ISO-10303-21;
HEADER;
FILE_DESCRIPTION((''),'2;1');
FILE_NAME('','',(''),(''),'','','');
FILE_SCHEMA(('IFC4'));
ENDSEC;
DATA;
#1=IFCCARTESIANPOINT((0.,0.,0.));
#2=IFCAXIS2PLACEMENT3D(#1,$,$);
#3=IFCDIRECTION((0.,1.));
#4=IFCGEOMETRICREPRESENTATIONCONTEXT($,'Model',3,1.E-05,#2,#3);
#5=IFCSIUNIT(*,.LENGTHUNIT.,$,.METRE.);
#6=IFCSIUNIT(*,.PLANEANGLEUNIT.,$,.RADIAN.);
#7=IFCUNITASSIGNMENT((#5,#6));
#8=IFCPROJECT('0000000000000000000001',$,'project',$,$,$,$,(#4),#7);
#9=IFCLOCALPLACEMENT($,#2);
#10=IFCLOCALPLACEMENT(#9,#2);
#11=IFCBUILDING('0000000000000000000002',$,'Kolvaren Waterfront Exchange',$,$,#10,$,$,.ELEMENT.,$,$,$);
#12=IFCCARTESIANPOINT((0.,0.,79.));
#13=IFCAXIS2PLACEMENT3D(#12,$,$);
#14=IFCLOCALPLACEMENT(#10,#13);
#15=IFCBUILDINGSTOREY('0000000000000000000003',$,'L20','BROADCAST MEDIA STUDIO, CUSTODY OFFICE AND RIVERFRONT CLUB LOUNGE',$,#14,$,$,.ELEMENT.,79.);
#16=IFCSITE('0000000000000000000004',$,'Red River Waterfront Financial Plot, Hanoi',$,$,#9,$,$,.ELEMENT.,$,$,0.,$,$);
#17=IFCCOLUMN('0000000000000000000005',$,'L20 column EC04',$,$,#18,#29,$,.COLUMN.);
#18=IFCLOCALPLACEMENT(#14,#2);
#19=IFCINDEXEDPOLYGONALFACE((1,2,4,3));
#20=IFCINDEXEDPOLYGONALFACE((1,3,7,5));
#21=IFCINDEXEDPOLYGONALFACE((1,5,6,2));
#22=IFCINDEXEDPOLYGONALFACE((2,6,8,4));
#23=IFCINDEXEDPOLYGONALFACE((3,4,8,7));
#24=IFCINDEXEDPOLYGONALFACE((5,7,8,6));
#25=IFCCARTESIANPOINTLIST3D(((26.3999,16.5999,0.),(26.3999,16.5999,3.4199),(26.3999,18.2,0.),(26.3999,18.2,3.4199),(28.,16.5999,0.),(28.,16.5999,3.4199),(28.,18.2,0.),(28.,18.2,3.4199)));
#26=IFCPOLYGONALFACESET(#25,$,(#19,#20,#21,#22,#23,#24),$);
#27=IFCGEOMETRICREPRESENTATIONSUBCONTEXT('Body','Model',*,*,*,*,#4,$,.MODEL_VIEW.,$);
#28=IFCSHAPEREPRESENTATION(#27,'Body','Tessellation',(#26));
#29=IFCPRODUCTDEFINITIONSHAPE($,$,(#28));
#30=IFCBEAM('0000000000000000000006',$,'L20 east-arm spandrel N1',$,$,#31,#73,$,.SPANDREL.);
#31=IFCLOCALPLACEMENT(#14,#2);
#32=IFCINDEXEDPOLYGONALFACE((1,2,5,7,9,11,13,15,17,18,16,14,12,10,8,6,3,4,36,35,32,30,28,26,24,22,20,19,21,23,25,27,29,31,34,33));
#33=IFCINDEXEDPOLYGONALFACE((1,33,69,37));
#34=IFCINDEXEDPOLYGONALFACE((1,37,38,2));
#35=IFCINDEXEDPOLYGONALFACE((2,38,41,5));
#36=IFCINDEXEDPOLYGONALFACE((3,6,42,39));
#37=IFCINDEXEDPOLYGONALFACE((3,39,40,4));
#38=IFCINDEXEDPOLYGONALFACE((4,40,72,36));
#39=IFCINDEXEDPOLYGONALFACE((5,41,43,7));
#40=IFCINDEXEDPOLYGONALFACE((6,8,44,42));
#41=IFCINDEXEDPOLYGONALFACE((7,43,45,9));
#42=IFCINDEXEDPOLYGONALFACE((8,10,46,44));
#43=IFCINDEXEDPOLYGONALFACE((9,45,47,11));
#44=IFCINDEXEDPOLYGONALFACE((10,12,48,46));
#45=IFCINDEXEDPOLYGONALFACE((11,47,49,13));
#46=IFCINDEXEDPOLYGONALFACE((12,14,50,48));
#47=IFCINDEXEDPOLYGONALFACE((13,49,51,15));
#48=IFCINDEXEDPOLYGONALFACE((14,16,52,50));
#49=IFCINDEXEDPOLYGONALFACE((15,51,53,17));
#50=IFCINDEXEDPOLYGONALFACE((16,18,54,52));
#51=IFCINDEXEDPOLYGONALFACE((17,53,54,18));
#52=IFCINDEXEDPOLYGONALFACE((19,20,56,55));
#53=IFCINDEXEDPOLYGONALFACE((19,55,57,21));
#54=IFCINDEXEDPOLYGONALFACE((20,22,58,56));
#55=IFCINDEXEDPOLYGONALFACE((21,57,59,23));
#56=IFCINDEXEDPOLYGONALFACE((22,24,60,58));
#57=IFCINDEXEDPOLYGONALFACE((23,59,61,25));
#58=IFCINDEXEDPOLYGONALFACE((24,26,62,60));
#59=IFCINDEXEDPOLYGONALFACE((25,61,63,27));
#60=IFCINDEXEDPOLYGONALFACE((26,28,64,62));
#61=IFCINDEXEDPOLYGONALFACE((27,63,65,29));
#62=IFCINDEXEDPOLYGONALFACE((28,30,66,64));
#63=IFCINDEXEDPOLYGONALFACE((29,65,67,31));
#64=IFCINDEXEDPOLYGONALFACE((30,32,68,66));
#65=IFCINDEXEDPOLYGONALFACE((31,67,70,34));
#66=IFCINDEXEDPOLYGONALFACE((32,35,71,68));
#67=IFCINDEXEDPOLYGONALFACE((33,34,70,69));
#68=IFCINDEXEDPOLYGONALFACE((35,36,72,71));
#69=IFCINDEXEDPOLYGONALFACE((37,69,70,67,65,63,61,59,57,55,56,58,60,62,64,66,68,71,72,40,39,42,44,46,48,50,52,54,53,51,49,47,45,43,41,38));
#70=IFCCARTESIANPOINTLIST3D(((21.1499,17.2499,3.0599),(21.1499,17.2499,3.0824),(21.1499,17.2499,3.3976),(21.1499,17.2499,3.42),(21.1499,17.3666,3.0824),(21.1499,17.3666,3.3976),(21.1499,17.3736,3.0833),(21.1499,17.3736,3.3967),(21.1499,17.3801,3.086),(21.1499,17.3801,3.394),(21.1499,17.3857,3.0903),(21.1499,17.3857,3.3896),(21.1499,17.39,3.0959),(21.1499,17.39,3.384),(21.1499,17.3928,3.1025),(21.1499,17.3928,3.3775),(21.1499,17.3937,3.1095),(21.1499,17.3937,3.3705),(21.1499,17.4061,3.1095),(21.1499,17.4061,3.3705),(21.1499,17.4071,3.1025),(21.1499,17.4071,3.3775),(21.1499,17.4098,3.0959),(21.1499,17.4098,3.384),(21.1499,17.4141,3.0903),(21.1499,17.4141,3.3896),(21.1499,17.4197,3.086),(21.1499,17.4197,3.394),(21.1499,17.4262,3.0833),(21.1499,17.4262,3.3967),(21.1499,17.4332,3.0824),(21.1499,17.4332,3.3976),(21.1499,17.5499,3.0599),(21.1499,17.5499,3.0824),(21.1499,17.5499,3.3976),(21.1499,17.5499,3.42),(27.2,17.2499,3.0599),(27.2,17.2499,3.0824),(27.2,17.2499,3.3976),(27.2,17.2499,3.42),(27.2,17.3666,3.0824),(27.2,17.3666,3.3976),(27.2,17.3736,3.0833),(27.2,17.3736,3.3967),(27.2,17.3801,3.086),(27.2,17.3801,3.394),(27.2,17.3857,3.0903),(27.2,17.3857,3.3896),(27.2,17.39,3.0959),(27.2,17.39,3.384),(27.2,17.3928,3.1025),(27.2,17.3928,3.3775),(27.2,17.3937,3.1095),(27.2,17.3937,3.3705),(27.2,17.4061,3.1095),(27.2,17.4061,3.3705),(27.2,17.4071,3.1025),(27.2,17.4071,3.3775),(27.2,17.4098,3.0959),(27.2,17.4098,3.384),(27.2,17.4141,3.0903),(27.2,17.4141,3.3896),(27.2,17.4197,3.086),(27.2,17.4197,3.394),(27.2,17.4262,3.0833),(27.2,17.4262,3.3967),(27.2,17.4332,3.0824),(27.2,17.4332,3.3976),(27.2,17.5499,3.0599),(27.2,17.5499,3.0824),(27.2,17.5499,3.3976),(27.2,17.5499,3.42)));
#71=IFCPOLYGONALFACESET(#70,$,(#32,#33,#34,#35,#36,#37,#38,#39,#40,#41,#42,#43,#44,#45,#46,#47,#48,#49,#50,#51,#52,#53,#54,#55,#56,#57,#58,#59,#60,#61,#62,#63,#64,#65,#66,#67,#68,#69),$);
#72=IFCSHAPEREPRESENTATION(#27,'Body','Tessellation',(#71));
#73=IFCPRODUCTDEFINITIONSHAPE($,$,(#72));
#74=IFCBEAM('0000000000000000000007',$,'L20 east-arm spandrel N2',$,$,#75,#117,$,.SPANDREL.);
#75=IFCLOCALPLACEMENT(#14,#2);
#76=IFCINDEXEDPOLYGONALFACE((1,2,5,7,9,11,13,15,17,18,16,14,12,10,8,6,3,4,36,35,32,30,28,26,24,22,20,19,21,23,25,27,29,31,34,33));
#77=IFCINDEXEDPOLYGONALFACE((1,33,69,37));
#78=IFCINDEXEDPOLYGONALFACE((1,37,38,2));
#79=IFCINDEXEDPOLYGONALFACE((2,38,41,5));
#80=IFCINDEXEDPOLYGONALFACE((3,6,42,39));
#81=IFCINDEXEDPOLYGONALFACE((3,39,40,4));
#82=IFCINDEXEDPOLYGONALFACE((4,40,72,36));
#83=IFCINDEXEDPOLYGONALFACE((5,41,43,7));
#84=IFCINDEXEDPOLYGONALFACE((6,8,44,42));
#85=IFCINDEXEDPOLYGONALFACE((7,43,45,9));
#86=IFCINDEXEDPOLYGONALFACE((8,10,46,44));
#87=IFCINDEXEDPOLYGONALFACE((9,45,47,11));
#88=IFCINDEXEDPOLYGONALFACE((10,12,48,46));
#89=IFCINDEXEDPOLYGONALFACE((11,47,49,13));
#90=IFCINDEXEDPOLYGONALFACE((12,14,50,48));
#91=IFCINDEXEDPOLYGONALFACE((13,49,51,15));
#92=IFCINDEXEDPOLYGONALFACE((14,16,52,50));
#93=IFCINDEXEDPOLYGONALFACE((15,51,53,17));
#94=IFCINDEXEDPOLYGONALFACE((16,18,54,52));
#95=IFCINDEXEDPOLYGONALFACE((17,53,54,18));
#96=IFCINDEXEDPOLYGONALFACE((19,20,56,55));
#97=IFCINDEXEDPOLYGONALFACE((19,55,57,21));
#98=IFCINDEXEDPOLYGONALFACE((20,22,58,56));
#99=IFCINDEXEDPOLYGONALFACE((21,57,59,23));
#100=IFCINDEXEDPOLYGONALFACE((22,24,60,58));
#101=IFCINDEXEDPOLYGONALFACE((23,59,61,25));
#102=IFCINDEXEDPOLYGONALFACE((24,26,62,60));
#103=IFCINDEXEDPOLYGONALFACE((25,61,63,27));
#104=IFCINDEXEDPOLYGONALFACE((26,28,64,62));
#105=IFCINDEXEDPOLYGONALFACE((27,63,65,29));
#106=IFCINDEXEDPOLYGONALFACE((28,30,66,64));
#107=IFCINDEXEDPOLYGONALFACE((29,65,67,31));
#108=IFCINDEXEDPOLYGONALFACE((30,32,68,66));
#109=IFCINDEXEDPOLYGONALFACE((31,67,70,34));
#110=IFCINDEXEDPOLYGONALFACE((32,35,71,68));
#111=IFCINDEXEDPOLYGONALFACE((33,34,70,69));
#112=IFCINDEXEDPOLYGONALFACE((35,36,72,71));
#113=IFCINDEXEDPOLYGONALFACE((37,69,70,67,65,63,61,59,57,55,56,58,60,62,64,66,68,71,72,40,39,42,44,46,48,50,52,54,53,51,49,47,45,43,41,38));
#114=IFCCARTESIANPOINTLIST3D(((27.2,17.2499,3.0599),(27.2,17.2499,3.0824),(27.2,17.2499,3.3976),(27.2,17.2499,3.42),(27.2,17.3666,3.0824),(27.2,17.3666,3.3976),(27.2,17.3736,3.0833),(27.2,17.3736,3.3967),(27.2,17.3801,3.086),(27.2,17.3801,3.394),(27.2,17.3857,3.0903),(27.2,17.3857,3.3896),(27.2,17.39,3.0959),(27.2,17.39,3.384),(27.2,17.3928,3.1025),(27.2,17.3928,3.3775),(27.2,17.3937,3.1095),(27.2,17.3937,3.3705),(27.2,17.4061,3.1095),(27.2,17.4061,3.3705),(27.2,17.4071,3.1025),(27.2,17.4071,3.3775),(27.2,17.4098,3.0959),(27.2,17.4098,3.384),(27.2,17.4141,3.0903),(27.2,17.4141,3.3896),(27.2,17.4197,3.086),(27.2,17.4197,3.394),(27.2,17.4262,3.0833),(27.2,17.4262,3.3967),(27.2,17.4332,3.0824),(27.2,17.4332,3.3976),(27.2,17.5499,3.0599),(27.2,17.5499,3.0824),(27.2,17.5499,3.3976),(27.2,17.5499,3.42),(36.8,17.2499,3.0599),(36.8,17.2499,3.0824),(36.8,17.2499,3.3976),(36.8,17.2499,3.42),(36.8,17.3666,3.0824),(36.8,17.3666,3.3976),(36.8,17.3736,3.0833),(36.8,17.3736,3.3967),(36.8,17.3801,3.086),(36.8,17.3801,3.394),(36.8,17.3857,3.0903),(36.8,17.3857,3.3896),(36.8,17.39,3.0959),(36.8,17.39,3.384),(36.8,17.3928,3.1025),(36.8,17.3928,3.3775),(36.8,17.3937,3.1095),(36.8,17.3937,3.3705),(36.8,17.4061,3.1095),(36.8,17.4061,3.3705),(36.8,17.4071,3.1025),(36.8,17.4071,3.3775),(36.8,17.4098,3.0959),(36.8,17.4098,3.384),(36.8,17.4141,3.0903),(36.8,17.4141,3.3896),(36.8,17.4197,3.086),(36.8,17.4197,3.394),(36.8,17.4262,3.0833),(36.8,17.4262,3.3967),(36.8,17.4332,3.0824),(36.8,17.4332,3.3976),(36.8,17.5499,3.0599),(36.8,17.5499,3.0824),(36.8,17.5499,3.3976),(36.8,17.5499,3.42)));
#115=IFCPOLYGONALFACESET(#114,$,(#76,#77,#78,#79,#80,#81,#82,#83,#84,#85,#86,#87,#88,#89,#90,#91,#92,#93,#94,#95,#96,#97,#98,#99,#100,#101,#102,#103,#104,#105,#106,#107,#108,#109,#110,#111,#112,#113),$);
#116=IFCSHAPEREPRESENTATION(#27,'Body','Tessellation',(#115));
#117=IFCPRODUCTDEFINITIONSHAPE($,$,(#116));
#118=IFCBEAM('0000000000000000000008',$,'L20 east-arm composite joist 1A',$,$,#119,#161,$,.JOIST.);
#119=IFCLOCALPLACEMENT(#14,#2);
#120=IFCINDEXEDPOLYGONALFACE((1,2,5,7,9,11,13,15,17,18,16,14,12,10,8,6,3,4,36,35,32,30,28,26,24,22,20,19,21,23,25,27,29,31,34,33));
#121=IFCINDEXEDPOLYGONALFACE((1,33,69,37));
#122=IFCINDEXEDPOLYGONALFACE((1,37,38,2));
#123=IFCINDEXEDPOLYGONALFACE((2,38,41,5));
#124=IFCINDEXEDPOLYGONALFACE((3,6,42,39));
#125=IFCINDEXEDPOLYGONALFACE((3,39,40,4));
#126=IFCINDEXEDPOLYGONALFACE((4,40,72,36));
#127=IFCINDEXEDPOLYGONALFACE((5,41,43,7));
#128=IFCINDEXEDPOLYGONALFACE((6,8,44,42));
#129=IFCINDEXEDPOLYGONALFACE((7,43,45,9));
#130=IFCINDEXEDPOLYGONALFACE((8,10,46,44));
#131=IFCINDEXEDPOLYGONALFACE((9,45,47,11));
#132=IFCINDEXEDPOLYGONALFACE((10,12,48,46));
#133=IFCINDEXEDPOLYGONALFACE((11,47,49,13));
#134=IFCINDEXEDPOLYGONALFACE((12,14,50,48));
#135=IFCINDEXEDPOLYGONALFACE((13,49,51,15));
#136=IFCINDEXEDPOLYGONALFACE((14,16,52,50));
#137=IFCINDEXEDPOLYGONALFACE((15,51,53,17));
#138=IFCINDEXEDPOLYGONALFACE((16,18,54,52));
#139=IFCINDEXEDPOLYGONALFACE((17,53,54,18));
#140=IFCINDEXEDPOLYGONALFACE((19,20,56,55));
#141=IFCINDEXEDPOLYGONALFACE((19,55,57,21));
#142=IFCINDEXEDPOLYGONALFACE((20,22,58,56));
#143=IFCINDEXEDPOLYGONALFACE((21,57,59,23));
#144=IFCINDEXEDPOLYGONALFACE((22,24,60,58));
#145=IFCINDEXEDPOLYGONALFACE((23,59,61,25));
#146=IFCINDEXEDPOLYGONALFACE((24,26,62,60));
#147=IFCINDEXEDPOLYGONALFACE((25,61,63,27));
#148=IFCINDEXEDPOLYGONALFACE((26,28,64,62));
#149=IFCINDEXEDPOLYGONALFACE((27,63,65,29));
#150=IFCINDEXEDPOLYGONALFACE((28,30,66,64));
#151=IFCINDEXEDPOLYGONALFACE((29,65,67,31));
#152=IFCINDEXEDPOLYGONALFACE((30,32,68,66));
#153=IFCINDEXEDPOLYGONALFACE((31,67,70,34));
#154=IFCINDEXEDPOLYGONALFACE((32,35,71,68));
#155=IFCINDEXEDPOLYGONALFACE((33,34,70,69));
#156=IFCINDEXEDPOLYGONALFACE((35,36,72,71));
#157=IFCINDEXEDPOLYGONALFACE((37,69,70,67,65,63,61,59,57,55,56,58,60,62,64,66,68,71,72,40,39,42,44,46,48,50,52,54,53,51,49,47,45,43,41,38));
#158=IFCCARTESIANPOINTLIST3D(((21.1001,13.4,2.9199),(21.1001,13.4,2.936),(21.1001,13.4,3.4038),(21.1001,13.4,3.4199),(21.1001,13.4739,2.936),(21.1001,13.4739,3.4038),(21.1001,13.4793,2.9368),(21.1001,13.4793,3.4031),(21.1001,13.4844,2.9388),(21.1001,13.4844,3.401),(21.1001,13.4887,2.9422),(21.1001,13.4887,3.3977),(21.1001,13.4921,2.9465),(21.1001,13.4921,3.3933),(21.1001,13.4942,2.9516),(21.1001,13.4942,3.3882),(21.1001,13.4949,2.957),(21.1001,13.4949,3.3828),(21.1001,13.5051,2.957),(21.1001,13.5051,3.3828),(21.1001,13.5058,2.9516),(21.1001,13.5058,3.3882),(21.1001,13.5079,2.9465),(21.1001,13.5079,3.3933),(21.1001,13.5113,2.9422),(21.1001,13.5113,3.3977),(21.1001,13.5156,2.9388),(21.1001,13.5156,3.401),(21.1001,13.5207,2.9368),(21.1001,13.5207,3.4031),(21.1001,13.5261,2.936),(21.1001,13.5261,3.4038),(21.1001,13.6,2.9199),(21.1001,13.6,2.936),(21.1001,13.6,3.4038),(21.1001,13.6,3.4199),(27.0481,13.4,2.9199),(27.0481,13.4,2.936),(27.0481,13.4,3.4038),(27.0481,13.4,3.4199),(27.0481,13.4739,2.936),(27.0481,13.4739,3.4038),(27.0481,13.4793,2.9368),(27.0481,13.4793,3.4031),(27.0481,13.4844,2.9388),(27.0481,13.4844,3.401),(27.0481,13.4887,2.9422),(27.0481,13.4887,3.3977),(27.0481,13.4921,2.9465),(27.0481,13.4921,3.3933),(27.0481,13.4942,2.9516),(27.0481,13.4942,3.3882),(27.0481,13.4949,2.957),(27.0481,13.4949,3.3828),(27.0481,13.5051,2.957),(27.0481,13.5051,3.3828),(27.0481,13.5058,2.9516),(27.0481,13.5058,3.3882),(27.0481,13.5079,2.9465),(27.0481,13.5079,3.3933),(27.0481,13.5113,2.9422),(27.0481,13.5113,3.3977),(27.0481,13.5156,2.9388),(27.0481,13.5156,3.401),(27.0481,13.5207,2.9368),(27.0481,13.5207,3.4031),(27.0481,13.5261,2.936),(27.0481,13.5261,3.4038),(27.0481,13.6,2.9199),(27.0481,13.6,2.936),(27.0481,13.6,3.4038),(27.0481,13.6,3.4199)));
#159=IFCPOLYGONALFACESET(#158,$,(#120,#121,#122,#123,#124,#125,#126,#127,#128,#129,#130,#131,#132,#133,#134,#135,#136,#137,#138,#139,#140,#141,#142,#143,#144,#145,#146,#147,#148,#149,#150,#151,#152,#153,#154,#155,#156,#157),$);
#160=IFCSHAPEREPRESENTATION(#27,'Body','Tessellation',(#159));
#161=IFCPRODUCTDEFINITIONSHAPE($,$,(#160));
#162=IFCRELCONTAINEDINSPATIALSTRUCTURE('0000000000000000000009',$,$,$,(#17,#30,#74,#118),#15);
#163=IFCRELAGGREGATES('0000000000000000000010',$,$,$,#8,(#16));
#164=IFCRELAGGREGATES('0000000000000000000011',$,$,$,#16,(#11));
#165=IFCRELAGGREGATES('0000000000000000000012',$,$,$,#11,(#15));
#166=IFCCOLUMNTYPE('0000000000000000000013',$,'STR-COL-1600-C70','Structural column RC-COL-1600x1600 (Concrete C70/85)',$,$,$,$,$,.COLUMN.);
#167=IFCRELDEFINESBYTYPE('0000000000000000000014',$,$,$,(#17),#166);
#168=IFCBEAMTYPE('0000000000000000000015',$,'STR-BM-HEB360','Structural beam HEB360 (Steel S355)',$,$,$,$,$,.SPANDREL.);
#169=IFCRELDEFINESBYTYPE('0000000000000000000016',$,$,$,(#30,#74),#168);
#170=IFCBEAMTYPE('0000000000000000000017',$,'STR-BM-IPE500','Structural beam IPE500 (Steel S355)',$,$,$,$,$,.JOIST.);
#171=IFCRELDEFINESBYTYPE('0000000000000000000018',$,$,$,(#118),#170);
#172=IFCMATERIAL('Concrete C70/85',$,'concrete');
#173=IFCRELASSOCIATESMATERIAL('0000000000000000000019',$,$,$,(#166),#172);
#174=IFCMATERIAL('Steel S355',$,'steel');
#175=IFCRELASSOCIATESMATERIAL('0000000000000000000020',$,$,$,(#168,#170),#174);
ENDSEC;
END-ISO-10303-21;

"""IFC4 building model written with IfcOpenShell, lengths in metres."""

from ifc_helpers import new_model, si_unit, direction, frame, origin, origin_2d, place, context, subcontext, project, spatial, rectangle, i_section, extrude, material, material_profile, profile_set, type_object, element, save


model = new_model("IFC4")

# Units and contexts
model_context = context("Model", 3, precision=1e-05, world=origin(), true_north=direction((0.0, 1.0)))
body_context = subcontext(model_context, "Body", "Model", "MODEL_VIEW")
ifc_project = project(units=[si_unit("LENGTHUNIT", "METRE"), si_unit("PLANEANGLEUNIT", "RADIAN")], contexts=[model_context])

# Site, building, storey
site_placement = place(None, origin())
site = spatial("IfcSite", under=ifc_project, at=site_placement, Name="Red River Waterfront Financial Plot, Hanoi", CompositionType="ELEMENT", RefElevation=0.0)
building_placement = place(site_placement, origin())
building = spatial("IfcBuilding", under=site, at=building_placement, Name="Kolvaren Waterfront Exchange", CompositionType="ELEMENT")
storey_placement = place(building_placement, frame((0.0, 0.0, 79.0)))
storey = spatial("IfcBuildingStorey", under=building, at=storey_placement, Name="L20", Description="BROADCAST MEDIA STUDIO, CUSTODY OFFICE AND RIVERFRONT CLUB LOUNGE", CompositionType="ELEMENT", Elevation=79.0)

# Column
ifc_material_1 = material(Name="Concrete C70/85", Category="concrete")
ifc_material_profile_1 = material_profile(ifc_material_1, rectangle(XDim=1.6001, YDim=1.6001, at=origin_2d()), Name="RC-COL-1600x1600")
ifc_profile_set_1 = profile_set([ifc_material_profile_1], Name="Concrete C70/85")
column_type = type_object("IfcColumnType", Name="STR-COL-1600-C70", Description="Structural column RC-COL-1600x1600 (Concrete C70/85)", PredefinedType="COLUMN", material=ifc_profile_set_1)
column_placement = place(storey_placement, frame((27.2, 17.3999, 0.0), z_axis=(0.0, 0.0, 1.0), x_axis=(1.0, 0.0, 0.0)))
element("IfcColumn", 1, at=column_placement, inside=storey, type_object=column_type, Name="L20 column EC04", PredefinedType="COLUMN", context=body_context, shape_type="SweptSolid", body=[
    extrude(rectangle(XDim=1.6001, YDim=1.6001, at=origin_2d()), origin(), (0.0, 0.0, 1.0), 3.4199),
])

# Beams
ifc_material_2 = material(Name="Steel S355", Category="steel")
ifc_material_profile_2 = material_profile(ifc_material_2, i_section(OverallWidth=0.3, OverallDepth=0.3601, WebThickness=0.0125, FlangeThickness=0.0225, FilletRadius=0.0271, at=origin_2d()), Name="HEB360")
ifc_profile_set_2 = profile_set([ifc_material_profile_2], Name="Steel S355")
beam_type_1 = type_object("IfcBeamType", Name="STR-BM-HEB360", Description="Structural beam HEB360 (Steel S355)", PredefinedType="SPANDREL", material=ifc_profile_set_2)
beam_1_placement = place(storey_placement, frame((21.1499, 17.3999, 3.24), z_axis=(1.0, 0.0, 0.0), x_axis=(0.0, 1.0, 0.0)))
element("IfcBeam", 2, at=beam_1_placement, inside=storey, type_object=beam_type_1, Name="L20 east-arm spandrel N1", PredefinedType="SPANDREL", context=body_context, shape_type="SweptSolid", body=[
    extrude(i_section(OverallWidth=0.3, OverallDepth=0.3601, WebThickness=0.0125, FlangeThickness=0.0225, FilletRadius=0.0271, at=origin_2d()), origin(), (0.0, 0.0, 1.0), 6.05),
])
beam_2_placement = place(storey_placement, frame((27.2, 17.3999, 3.24), z_axis=(1.0, 0.0, 0.0), x_axis=(0.0, 1.0, 0.0)))
element("IfcBeam", 3, at=beam_2_placement, inside=storey, type_object=beam_type_1, Name="L20 east-arm spandrel N2", PredefinedType="SPANDREL", context=body_context, shape_type="SweptSolid", body=[
    extrude(i_section(OverallWidth=0.3, OverallDepth=0.3601, WebThickness=0.0125, FlangeThickness=0.0225, FilletRadius=0.0271, at=origin_2d()), origin(), (0.0, 0.0, 1.0), 9.6001),
])
ifc_material_profile_3 = material_profile(ifc_material_2, i_section(OverallWidth=0.2, OverallDepth=0.5, WebThickness=0.0103, FlangeThickness=0.0161, FilletRadius=0.021, at=origin_2d()), Name="IPE500")
ifc_profile_set_3 = profile_set([ifc_material_profile_3], Name="Steel S355")
beam_type_2 = type_object("IfcBeamType", Name="STR-BM-IPE500", Description="Structural beam IPE500 (Steel S355)", PredefinedType="JOIST", material=ifc_profile_set_3)
for number, where, z_axis, x_axis, name in (
    (4, (21.1001, 13.5, 3.1699), (1.0, 0.0, 0.0), (0.0, 1.0, 0.0), "L20 east-arm composite joist 1A"),
):
    element("IfcBeam", number, at=place(storey_placement, frame(where, z_axis=z_axis, x_axis=x_axis)), inside=storey, type_object=beam_type_2, Name=name, PredefinedType="JOIST", context=body_context, shape_type="SweptSolid", body=[
        extrude(i_section(OverallWidth=0.2, OverallDepth=0.5, WebThickness=0.0103, FlangeThickness=0.0161, FilletRadius=0.021, at=origin_2d()), origin(), (0.0, 0.0, 1.0), 5.948),
    ])

save(model, "model.ifc")
